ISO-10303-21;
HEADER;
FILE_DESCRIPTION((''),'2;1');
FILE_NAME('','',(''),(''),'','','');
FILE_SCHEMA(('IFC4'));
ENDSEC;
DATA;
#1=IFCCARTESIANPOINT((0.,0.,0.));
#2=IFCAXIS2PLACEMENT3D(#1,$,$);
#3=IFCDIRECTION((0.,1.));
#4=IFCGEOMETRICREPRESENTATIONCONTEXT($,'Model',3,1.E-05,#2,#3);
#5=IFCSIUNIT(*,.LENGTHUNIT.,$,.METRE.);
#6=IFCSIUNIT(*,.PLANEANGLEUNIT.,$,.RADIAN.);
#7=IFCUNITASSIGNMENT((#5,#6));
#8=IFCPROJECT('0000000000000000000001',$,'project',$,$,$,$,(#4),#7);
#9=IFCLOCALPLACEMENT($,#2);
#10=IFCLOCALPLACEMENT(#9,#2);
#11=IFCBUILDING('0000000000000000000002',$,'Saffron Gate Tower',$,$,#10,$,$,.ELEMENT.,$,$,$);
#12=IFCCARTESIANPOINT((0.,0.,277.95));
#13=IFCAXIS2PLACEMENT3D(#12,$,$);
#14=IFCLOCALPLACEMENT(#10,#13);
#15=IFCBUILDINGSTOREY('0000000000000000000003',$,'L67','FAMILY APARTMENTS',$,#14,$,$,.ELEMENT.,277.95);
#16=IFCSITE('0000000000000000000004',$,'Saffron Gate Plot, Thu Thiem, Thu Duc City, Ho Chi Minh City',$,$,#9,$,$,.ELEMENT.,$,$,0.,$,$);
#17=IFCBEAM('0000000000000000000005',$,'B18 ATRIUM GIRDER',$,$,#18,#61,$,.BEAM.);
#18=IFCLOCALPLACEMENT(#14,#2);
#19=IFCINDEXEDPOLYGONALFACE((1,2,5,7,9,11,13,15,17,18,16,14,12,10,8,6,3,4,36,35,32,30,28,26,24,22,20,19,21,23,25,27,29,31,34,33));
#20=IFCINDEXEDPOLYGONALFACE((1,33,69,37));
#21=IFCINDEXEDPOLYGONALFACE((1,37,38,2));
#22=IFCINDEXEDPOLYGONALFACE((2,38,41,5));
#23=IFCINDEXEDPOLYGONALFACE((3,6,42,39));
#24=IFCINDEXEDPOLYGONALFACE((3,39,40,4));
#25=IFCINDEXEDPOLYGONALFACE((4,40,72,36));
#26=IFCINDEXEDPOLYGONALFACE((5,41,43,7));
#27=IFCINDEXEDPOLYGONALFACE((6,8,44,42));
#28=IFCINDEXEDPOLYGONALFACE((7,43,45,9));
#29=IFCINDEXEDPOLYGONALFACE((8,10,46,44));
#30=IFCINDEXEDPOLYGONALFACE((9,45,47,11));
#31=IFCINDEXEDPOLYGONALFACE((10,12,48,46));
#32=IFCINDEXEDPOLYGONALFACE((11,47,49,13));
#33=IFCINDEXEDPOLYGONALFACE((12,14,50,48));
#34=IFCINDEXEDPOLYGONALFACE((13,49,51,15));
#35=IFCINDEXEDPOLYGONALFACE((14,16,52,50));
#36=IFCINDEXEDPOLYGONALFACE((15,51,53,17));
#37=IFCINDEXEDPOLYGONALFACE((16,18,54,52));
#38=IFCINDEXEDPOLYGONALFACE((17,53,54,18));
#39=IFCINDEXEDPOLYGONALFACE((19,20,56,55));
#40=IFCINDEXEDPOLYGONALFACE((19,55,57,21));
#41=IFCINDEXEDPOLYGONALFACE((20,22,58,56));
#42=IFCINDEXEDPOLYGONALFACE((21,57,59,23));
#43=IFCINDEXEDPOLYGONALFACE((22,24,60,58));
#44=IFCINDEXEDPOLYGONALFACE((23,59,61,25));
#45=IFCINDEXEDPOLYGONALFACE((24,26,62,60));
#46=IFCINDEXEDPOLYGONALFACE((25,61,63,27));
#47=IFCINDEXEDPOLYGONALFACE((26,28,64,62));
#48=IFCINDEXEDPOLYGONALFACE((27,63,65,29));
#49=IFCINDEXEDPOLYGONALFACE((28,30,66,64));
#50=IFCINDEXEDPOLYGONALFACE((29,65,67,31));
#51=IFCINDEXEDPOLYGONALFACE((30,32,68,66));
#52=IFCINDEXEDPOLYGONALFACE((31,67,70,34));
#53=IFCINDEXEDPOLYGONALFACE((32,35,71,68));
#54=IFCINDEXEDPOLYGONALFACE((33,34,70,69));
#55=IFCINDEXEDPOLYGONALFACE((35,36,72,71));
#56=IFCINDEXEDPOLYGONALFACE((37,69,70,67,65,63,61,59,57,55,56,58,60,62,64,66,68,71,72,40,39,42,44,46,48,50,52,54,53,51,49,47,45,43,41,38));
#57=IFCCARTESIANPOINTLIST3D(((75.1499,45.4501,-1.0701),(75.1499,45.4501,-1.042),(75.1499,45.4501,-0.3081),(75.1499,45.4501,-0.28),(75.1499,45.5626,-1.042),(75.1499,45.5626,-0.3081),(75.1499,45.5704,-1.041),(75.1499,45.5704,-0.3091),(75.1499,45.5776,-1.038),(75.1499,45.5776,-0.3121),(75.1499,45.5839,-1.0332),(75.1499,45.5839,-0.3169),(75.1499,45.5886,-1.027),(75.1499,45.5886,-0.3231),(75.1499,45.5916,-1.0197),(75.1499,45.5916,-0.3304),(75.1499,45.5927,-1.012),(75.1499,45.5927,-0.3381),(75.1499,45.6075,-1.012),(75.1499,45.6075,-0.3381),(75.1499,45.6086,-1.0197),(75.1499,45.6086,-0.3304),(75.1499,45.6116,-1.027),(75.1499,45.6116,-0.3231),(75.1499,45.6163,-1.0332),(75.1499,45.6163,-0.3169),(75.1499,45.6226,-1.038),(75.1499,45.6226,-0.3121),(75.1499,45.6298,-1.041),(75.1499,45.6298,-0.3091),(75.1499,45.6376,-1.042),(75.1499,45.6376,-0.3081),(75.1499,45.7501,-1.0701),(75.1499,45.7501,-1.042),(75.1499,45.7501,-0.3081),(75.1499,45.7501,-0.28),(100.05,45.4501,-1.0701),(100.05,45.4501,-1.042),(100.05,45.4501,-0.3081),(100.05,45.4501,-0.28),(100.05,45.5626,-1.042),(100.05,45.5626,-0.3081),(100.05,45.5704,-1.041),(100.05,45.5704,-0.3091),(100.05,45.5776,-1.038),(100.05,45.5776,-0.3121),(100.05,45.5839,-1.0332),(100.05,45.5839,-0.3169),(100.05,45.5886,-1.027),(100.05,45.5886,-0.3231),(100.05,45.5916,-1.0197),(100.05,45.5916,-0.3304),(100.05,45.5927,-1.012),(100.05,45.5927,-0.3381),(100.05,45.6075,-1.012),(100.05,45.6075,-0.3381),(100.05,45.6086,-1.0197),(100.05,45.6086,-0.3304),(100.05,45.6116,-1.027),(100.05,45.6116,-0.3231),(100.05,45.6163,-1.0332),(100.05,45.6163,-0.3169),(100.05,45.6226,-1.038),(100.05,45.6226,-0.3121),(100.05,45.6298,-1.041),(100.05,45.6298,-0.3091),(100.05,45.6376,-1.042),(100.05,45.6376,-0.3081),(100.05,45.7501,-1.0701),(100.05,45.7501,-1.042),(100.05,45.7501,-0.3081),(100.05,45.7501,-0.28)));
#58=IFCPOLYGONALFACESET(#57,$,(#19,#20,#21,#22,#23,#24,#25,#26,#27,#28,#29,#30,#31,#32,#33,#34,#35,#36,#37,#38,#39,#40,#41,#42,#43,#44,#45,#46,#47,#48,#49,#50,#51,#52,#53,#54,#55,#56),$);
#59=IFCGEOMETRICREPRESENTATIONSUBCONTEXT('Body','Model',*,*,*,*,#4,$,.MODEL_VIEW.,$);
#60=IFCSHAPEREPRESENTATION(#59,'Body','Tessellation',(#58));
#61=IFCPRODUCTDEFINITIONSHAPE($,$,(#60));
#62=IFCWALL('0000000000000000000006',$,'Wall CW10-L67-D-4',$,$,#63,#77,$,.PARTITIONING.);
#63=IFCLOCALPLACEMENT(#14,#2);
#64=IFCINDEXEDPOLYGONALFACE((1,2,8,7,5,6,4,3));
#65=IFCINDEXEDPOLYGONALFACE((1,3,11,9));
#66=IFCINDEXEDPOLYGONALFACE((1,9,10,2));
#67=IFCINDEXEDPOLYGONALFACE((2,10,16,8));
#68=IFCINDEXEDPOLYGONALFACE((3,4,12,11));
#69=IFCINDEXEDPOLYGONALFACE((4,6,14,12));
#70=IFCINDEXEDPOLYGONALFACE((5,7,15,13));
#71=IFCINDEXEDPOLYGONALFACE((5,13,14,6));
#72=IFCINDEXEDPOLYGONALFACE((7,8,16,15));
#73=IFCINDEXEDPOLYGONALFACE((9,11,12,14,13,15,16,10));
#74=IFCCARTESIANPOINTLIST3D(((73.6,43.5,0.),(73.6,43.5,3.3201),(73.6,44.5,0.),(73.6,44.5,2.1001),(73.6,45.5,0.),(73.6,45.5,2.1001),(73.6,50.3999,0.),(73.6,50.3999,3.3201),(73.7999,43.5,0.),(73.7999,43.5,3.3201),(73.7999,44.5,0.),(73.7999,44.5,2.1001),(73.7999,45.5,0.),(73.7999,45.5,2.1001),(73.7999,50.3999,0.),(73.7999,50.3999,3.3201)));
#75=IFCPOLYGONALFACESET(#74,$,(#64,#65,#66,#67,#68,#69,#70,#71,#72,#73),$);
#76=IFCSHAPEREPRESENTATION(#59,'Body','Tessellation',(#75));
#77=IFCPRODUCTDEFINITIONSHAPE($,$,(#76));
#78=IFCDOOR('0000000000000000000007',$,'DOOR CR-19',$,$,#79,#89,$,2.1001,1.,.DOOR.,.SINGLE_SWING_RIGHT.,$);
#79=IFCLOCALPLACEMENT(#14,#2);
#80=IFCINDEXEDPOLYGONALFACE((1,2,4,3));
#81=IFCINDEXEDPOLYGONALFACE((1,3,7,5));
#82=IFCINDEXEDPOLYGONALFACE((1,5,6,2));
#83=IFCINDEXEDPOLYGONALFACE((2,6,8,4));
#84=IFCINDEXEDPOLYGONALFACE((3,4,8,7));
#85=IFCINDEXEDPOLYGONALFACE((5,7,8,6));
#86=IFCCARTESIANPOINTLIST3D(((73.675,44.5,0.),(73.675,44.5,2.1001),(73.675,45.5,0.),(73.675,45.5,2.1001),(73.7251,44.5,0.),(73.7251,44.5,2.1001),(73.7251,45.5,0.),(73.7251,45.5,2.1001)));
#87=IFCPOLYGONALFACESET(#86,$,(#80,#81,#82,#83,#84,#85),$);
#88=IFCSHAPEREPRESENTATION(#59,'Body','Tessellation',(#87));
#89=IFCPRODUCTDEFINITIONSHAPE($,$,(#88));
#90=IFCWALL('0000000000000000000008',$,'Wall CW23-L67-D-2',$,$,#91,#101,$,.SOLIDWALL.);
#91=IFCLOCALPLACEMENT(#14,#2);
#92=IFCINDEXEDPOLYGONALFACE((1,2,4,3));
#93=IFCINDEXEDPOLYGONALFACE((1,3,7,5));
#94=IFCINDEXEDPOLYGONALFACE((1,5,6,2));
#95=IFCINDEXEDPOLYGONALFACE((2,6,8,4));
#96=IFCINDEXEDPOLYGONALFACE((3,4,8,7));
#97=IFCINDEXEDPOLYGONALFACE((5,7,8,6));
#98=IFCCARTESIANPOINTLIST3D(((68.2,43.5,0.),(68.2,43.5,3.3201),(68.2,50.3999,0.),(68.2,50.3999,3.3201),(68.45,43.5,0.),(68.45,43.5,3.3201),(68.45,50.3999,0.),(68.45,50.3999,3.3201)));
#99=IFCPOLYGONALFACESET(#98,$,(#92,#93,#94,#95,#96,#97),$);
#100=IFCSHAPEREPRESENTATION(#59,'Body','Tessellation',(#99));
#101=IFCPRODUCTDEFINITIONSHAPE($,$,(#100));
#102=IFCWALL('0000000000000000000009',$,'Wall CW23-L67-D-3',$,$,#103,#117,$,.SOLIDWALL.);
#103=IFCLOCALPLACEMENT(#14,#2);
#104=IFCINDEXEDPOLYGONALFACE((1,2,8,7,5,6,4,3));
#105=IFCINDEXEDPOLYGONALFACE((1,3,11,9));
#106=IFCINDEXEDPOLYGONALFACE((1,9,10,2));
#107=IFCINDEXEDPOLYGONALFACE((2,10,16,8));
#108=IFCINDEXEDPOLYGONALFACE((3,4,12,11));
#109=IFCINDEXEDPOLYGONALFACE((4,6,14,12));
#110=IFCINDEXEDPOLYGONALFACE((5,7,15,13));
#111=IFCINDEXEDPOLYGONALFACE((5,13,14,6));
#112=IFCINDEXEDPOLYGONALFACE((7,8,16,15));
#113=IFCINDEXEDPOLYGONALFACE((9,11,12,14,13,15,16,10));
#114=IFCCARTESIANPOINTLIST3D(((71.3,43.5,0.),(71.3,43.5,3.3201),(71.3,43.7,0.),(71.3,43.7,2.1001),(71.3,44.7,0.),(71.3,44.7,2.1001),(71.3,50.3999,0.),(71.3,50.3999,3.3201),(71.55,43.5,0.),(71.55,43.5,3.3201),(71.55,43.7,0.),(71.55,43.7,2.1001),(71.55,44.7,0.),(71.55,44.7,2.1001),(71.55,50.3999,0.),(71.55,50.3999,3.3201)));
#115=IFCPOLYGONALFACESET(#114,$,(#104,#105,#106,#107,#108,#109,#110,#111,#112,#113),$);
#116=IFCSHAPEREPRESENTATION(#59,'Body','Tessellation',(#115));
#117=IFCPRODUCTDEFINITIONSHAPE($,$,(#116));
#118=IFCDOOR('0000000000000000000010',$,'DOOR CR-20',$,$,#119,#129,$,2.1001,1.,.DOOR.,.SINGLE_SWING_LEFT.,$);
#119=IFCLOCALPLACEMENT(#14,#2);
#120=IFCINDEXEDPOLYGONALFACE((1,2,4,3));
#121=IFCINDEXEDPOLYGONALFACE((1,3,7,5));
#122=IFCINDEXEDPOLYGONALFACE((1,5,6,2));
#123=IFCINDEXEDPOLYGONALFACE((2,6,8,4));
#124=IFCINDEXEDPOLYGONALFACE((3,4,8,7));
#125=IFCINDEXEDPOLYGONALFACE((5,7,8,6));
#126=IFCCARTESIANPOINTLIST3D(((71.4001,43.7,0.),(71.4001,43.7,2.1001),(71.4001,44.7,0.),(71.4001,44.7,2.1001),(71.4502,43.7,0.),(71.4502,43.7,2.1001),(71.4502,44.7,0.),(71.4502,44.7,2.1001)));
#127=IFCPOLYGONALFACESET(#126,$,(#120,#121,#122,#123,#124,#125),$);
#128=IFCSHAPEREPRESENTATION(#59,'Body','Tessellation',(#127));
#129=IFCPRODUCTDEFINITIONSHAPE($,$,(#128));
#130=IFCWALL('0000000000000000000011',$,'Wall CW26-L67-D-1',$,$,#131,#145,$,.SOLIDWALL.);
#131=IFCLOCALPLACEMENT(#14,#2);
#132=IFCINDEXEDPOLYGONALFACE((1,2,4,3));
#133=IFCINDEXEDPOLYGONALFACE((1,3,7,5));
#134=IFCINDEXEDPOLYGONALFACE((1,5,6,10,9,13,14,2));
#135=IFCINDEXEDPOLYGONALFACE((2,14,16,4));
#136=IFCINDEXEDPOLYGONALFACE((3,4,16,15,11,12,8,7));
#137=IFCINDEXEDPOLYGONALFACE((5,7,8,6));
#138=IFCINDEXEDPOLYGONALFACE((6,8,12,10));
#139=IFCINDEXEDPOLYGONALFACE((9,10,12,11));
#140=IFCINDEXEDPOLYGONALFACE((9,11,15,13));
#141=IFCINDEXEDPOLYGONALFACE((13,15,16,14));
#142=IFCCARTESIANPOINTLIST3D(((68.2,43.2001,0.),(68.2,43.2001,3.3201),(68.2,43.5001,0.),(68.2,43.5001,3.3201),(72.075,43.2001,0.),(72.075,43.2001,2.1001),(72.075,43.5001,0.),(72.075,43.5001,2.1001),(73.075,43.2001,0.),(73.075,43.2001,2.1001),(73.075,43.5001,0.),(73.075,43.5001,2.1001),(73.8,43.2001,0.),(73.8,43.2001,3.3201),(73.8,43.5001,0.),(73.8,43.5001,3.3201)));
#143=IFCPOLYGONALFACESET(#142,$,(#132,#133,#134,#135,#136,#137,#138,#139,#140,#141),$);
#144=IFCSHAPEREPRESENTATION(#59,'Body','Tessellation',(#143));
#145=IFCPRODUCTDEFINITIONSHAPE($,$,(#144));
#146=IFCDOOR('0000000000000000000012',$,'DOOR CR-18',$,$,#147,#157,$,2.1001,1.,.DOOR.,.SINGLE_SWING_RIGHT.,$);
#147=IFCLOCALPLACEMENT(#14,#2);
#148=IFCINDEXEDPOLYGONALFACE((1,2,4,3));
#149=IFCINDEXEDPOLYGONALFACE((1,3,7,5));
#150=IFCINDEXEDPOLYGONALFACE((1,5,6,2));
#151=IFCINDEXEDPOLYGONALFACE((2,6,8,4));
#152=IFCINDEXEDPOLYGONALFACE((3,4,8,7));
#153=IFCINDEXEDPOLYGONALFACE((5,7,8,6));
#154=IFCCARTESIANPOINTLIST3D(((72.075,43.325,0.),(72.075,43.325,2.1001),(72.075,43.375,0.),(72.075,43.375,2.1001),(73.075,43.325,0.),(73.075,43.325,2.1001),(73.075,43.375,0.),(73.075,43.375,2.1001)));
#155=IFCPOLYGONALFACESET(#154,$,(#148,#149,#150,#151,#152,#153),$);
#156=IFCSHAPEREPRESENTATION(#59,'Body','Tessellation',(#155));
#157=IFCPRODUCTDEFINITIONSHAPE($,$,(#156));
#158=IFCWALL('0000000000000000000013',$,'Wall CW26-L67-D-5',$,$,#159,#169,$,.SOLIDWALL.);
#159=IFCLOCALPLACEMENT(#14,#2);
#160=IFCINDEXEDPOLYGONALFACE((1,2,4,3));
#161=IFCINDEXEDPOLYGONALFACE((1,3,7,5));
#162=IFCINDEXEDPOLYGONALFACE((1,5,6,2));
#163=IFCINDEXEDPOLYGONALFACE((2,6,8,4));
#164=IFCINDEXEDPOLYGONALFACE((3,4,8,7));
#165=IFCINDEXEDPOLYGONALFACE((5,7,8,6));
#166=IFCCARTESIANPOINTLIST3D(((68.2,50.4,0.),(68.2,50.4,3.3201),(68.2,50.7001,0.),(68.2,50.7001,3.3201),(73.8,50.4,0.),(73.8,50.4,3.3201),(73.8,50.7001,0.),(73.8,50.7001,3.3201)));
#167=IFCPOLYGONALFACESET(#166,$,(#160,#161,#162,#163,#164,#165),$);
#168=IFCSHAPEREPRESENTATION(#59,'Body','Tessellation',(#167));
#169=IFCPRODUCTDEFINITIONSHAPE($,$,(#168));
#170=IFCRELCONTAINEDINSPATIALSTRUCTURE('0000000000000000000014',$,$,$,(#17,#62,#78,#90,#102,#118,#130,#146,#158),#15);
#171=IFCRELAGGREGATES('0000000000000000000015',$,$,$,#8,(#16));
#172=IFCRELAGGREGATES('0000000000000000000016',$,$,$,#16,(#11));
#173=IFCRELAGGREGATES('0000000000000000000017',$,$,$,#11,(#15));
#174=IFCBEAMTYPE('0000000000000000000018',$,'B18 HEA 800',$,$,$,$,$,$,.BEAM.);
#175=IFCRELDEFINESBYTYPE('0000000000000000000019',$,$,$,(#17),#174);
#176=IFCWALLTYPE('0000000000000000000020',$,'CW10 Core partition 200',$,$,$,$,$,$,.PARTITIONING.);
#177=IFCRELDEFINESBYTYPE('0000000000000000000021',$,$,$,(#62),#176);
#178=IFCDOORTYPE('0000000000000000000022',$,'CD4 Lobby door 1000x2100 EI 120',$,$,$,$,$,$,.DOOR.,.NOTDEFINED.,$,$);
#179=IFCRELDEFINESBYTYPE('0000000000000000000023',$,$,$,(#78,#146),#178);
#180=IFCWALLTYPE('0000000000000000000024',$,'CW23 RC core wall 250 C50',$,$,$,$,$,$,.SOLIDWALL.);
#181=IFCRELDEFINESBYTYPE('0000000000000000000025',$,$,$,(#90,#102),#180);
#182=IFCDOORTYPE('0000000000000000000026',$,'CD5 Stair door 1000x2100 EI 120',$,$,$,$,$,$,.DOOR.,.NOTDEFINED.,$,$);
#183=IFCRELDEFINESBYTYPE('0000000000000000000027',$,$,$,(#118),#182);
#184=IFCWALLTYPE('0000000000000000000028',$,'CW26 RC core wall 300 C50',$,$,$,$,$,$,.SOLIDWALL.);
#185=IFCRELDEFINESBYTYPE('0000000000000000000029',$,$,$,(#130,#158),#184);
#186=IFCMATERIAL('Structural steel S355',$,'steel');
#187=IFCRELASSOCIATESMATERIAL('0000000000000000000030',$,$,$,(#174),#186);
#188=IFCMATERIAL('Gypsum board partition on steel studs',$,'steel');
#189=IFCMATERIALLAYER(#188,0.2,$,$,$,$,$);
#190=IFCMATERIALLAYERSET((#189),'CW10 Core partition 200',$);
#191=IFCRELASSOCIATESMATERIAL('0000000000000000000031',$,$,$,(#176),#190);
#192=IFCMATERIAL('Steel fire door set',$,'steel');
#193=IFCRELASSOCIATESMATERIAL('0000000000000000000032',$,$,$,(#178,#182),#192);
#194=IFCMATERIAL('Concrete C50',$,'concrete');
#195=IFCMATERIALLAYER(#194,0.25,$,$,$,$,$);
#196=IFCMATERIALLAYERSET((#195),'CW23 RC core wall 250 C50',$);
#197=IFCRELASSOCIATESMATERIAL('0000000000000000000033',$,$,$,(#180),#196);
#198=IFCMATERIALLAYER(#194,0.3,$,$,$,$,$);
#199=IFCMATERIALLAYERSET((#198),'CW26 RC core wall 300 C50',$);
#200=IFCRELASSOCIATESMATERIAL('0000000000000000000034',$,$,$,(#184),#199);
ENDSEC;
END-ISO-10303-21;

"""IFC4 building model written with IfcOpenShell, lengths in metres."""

from ifc_helpers import new_model, si_unit, direction, frame, frame_2d, origin, origin_2d, place, context, subcontext, project, spatial, rectangle, i_section, extrude, material, layer, layer_set, material_profile, profile_set, type_object, element, fill, save


model = new_model("IFC4")

# Units and contexts
model_context = context("Model", 3, precision=1e-05, world=origin(), true_north=direction((0.0, 1.0)))
body_context = subcontext(model_context, "Body", "Model", "MODEL_VIEW")
ifc_project = project(units=[si_unit("LENGTHUNIT", "METRE"), si_unit("PLANEANGLEUNIT", "RADIAN")], contexts=[model_context])

# Site, building, storey
site_placement = place(None, origin())
site = spatial("IfcSite", under=ifc_project, at=site_placement, Name="Saffron Gate Plot, Thu Thiem, Thu Duc City, Ho Chi Minh City", CompositionType="ELEMENT", RefElevation=0.0)
building_placement = place(site_placement, origin())
building = spatial("IfcBuilding", under=site, at=building_placement, Name="Saffron Gate Tower", CompositionType="ELEMENT")
storey_placement = place(building_placement, frame((0.0, 0.0, 277.95)))
storey = spatial("IfcBuildingStorey", under=building, at=storey_placement, Name="L67", Description="FAMILY APARTMENTS", CompositionType="ELEMENT", Elevation=277.95)

# Beam
ifc_material_1 = material(Name="Structural steel S355", Category="steel")
ifc_material_profile_1 = material_profile(ifc_material_1, i_section(OverallWidth=0.3, OverallDepth=0.79, WebThickness=0.0149, FlangeThickness=0.0281, FilletRadius=0.03, at=origin_2d()))
ifc_profile_set_1 = profile_set([ifc_material_profile_1], Name="Structural steel S355")
beam_type_1 = type_object("IfcBeamType", Name="B18 HEA 800", PredefinedType="BEAM", material=ifc_profile_set_1)
beam_1_placement = place(storey_placement, frame((75.1499, 45.6001, -0.675), z_axis=(1.0, 0.0, 0.0), x_axis=(0.0, 1.0, 0.0)))
element("IfcBeam", 1, at=beam_1_placement, inside=storey, type_object=beam_type_1, Name="B18 ATRIUM GIRDER", PredefinedType="BEAM", context=body_context, shape_type="SweptSolid", body=[
    extrude(i_section(OverallWidth=0.3, OverallDepth=0.79, WebThickness=0.0149, FlangeThickness=0.0281, FilletRadius=0.03, at=origin_2d()), origin(), (0.0, 0.0, 1.0), 24.9001),
])

# Wall, opening, door
ifc_material_2 = material(Name="Gypsum board partition on steel studs", Category="steel")
ifc_layer_1 = layer(ifc_material_2, 0.2)
ifc_layer_set_1 = layer_set([ifc_layer_1], Name="CW10 Core partition 200")
wall_type_1 = type_object("IfcWallType", Name="CW10 Core partition 200", PredefinedType="PARTITIONING", material=ifc_layer_set_1)
wall_1_placement = place(storey_placement, frame((73.7, 43.5, 0.0), z_axis=(0.0, 0.0, 1.0), x_axis=(0.0, 1.0, 0.0)))
wall_1 = element("IfcWall", 2, at=wall_1_placement, inside=storey, type_object=wall_type_1, Name="Wall CW10-L67-D-4", PredefinedType="PARTITIONING", context=body_context, shape_type="SweptSolid", body=[
    extrude(rectangle(XDim=6.8999, YDim=0.2, at=frame_2d((3.45, 0.0))), origin(), (0.0, 0.0, 1.0), 3.3201),
])
opening_1_placement = place(wall_1_placement, frame((1.0, 0.0, 0.0)))
opening_1 = element("IfcOpeningElement", 3, at=opening_1_placement, cuts=wall_1, PredefinedType="OPENING", context=body_context, shape_type="SweptSolid", body=[
    extrude(rectangle(XDim=1.0, YDim=2.1001, at=frame_2d((0.5, 1.05))), frame((0.0, 0.1099, 0.0), z_axis=(0.0, -1.0, 0.0), x_axis=(1.0, 0.0, 0.0)), (0.0, 0.0, 1.0), 0.22),
])
ifc_material_3 = material(Name="Steel fire door set", Category="steel")
door_type_1 = type_object("IfcDoorType", Name="CD4 Lobby door 1000x2100 EI 120", OperationType="NOTDEFINED", PredefinedType="DOOR", material=ifc_material_3)
door_1_placement = place(opening_1_placement, origin())
door_1 = element("IfcDoor", 4, at=door_1_placement, inside=storey, type_object=door_type_1, Name="DOOR CR-19", OperationType="SINGLE_SWING_RIGHT", OverallHeight=2.1001, OverallWidth=1.0, PredefinedType="DOOR", context=body_context, shape_type="SweptSolid", body=[
    extrude(rectangle(XDim=1.0, YDim=2.1001, at=frame_2d((0.5, 1.05))), frame((0.0, 0.0249, 0.0), z_axis=(0.0, -1.0, 0.0), x_axis=(1.0, 0.0, 0.0)), (0.0, 0.0, 1.0), 0.05),
])
fill(opening_1, door_1)

# Wall
ifc_material_4 = material(Name="Concrete C50", Category="concrete")
ifc_layer_2 = layer(ifc_material_4, 0.25)
ifc_layer_set_2 = layer_set([ifc_layer_2], Name="CW23 RC core wall 250 C50")
wall_type_2 = type_object("IfcWallType", Name="CW23 RC core wall 250 C50", PredefinedType="SOLIDWALL", material=ifc_layer_set_2)
wall_2_placement = place(storey_placement, frame((68.325, 43.5, 0.0), z_axis=(0.0, 0.0, 1.0), x_axis=(0.0, 1.0, 0.0)))
element("IfcWall", 5, at=wall_2_placement, inside=storey, type_object=wall_type_2, Name="Wall CW23-L67-D-2", PredefinedType="SOLIDWALL", context=body_context, shape_type="SweptSolid", body=[
    extrude(rectangle(XDim=6.8999, YDim=0.25, at=frame_2d((3.45, 0.0))), origin(), (0.0, 0.0, 1.0), 3.3201),
])

# Walls, openings, doors
wall_3_placement = place(storey_placement, frame((71.425, 43.5, 0.0), z_axis=(0.0, 0.0, 1.0), x_axis=(0.0, 1.0, 0.0)))
wall_3 = element("IfcWall", 6, at=wall_3_placement, inside=storey, type_object=wall_type_2, Name="Wall CW23-L67-D-3", PredefinedType="SOLIDWALL", context=body_context, shape_type="SweptSolid", body=[
    extrude(rectangle(XDim=6.8999, YDim=0.25, at=frame_2d((3.45, 0.0))), origin(), (0.0, 0.0, 1.0), 3.3201),
])
opening_2_placement = place(wall_3_placement, frame((0.2, 0.0, 0.0)))
opening_2 = element("IfcOpeningElement", 7, at=opening_2_placement, cuts=wall_3, PredefinedType="OPENING", context=body_context, shape_type="SweptSolid", body=[
    extrude(rectangle(XDim=1.0, YDim=2.1001, at=frame_2d((0.5, 1.05))), frame((0.0, 0.135, 0.0), z_axis=(0.0, -1.0, 0.0), x_axis=(1.0, 0.0, 0.0)), (0.0, 0.0, 1.0), 0.27),
])
door_type_2 = type_object("IfcDoorType", Name="CD5 Stair door 1000x2100 EI 120", OperationType="NOTDEFINED", PredefinedType="DOOR", material=ifc_material_3)
door_2_placement = place(opening_2_placement, origin())
door_2 = element("IfcDoor", 8, at=door_2_placement, inside=storey, type_object=door_type_2, Name="DOOR CR-20", OperationType="SINGLE_SWING_LEFT", OverallHeight=2.1001, OverallWidth=1.0, PredefinedType="DOOR", context=body_context, shape_type="SweptSolid", body=[
    extrude(rectangle(XDim=1.0, YDim=2.1001, at=frame_2d((0.5, 1.05))), frame((0.0, 0.0249, 0.0), z_axis=(0.0, -1.0, 0.0), x_axis=(1.0, 0.0, 0.0)), (0.0, 0.0, 1.0), 0.05),
])
fill(opening_2, door_2)
ifc_layer_3 = layer(ifc_material_4, 0.3)
ifc_layer_set_3 = layer_set([ifc_layer_3], Name="CW26 RC core wall 300 C50")
wall_type_3 = type_object("IfcWallType", Name="CW26 RC core wall 300 C50", PredefinedType="SOLIDWALL", material=ifc_layer_set_3)
wall_4_placement = place(storey_placement, frame((68.2, 43.3501, 0.0), z_axis=(0.0, 0.0, 1.0), x_axis=(1.0, 0.0, 0.0)))
wall_4 = element("IfcWall", 9, at=wall_4_placement, inside=storey, type_object=wall_type_3, Name="Wall CW26-L67-D-1", PredefinedType="SOLIDWALL", context=body_context, shape_type="SweptSolid", body=[
    extrude(rectangle(XDim=5.6001, YDim=0.3, at=frame_2d((2.8, 0.0))), origin(), (0.0, 0.0, 1.0), 3.3201),
])
opening_3_placement = place(wall_4_placement, frame((3.875, 0.0, 0.0)))
opening_3 = element("IfcOpeningElement", 10, at=opening_3_placement, cuts=wall_4, PredefinedType="OPENING", context=body_context, shape_type="SweptSolid", body=[
    extrude(rectangle(XDim=1.0, YDim=2.1001, at=frame_2d((0.5, 1.05))), frame((0.0, 0.1602, 0.0), z_axis=(0.0, -1.0, 0.0), x_axis=(1.0, 0.0, 0.0)), (0.0, 0.0, 1.0), 0.3201),
])
door_3_placement = place(opening_3_placement, origin())
door_3 = element("IfcDoor", 11, at=door_3_placement, inside=storey, type_object=door_type_1, Name="DOOR CR-18", OperationType="SINGLE_SWING_RIGHT", OverallHeight=2.1001, OverallWidth=1.0, PredefinedType="DOOR", context=body_context, shape_type="SweptSolid", body=[
    extrude(rectangle(XDim=1.0, YDim=2.1001, at=frame_2d((0.5, 1.05))), frame((0.0, 0.0249, 0.0), z_axis=(0.0, -1.0, 0.0), x_axis=(1.0, 0.0, 0.0)), (0.0, 0.0, 1.0), 0.05),
])
fill(opening_3, door_3)

# Wall
wall_5_placement = place(storey_placement, frame((68.2, 50.55, 0.0), z_axis=(0.0, 0.0, 1.0), x_axis=(1.0, 0.0, 0.0)))
element("IfcWall", 12, at=wall_5_placement, inside=storey, type_object=wall_type_3, Name="Wall CW26-L67-D-5", PredefinedType="SOLIDWALL", context=body_context, shape_type="SweptSolid", body=[
    extrude(rectangle(XDim=5.6001, YDim=0.3, at=frame_2d((2.8, 0.0))), origin(), (0.0, 0.0, 1.0), 3.3201),
])

save(model, "model.ifc")
